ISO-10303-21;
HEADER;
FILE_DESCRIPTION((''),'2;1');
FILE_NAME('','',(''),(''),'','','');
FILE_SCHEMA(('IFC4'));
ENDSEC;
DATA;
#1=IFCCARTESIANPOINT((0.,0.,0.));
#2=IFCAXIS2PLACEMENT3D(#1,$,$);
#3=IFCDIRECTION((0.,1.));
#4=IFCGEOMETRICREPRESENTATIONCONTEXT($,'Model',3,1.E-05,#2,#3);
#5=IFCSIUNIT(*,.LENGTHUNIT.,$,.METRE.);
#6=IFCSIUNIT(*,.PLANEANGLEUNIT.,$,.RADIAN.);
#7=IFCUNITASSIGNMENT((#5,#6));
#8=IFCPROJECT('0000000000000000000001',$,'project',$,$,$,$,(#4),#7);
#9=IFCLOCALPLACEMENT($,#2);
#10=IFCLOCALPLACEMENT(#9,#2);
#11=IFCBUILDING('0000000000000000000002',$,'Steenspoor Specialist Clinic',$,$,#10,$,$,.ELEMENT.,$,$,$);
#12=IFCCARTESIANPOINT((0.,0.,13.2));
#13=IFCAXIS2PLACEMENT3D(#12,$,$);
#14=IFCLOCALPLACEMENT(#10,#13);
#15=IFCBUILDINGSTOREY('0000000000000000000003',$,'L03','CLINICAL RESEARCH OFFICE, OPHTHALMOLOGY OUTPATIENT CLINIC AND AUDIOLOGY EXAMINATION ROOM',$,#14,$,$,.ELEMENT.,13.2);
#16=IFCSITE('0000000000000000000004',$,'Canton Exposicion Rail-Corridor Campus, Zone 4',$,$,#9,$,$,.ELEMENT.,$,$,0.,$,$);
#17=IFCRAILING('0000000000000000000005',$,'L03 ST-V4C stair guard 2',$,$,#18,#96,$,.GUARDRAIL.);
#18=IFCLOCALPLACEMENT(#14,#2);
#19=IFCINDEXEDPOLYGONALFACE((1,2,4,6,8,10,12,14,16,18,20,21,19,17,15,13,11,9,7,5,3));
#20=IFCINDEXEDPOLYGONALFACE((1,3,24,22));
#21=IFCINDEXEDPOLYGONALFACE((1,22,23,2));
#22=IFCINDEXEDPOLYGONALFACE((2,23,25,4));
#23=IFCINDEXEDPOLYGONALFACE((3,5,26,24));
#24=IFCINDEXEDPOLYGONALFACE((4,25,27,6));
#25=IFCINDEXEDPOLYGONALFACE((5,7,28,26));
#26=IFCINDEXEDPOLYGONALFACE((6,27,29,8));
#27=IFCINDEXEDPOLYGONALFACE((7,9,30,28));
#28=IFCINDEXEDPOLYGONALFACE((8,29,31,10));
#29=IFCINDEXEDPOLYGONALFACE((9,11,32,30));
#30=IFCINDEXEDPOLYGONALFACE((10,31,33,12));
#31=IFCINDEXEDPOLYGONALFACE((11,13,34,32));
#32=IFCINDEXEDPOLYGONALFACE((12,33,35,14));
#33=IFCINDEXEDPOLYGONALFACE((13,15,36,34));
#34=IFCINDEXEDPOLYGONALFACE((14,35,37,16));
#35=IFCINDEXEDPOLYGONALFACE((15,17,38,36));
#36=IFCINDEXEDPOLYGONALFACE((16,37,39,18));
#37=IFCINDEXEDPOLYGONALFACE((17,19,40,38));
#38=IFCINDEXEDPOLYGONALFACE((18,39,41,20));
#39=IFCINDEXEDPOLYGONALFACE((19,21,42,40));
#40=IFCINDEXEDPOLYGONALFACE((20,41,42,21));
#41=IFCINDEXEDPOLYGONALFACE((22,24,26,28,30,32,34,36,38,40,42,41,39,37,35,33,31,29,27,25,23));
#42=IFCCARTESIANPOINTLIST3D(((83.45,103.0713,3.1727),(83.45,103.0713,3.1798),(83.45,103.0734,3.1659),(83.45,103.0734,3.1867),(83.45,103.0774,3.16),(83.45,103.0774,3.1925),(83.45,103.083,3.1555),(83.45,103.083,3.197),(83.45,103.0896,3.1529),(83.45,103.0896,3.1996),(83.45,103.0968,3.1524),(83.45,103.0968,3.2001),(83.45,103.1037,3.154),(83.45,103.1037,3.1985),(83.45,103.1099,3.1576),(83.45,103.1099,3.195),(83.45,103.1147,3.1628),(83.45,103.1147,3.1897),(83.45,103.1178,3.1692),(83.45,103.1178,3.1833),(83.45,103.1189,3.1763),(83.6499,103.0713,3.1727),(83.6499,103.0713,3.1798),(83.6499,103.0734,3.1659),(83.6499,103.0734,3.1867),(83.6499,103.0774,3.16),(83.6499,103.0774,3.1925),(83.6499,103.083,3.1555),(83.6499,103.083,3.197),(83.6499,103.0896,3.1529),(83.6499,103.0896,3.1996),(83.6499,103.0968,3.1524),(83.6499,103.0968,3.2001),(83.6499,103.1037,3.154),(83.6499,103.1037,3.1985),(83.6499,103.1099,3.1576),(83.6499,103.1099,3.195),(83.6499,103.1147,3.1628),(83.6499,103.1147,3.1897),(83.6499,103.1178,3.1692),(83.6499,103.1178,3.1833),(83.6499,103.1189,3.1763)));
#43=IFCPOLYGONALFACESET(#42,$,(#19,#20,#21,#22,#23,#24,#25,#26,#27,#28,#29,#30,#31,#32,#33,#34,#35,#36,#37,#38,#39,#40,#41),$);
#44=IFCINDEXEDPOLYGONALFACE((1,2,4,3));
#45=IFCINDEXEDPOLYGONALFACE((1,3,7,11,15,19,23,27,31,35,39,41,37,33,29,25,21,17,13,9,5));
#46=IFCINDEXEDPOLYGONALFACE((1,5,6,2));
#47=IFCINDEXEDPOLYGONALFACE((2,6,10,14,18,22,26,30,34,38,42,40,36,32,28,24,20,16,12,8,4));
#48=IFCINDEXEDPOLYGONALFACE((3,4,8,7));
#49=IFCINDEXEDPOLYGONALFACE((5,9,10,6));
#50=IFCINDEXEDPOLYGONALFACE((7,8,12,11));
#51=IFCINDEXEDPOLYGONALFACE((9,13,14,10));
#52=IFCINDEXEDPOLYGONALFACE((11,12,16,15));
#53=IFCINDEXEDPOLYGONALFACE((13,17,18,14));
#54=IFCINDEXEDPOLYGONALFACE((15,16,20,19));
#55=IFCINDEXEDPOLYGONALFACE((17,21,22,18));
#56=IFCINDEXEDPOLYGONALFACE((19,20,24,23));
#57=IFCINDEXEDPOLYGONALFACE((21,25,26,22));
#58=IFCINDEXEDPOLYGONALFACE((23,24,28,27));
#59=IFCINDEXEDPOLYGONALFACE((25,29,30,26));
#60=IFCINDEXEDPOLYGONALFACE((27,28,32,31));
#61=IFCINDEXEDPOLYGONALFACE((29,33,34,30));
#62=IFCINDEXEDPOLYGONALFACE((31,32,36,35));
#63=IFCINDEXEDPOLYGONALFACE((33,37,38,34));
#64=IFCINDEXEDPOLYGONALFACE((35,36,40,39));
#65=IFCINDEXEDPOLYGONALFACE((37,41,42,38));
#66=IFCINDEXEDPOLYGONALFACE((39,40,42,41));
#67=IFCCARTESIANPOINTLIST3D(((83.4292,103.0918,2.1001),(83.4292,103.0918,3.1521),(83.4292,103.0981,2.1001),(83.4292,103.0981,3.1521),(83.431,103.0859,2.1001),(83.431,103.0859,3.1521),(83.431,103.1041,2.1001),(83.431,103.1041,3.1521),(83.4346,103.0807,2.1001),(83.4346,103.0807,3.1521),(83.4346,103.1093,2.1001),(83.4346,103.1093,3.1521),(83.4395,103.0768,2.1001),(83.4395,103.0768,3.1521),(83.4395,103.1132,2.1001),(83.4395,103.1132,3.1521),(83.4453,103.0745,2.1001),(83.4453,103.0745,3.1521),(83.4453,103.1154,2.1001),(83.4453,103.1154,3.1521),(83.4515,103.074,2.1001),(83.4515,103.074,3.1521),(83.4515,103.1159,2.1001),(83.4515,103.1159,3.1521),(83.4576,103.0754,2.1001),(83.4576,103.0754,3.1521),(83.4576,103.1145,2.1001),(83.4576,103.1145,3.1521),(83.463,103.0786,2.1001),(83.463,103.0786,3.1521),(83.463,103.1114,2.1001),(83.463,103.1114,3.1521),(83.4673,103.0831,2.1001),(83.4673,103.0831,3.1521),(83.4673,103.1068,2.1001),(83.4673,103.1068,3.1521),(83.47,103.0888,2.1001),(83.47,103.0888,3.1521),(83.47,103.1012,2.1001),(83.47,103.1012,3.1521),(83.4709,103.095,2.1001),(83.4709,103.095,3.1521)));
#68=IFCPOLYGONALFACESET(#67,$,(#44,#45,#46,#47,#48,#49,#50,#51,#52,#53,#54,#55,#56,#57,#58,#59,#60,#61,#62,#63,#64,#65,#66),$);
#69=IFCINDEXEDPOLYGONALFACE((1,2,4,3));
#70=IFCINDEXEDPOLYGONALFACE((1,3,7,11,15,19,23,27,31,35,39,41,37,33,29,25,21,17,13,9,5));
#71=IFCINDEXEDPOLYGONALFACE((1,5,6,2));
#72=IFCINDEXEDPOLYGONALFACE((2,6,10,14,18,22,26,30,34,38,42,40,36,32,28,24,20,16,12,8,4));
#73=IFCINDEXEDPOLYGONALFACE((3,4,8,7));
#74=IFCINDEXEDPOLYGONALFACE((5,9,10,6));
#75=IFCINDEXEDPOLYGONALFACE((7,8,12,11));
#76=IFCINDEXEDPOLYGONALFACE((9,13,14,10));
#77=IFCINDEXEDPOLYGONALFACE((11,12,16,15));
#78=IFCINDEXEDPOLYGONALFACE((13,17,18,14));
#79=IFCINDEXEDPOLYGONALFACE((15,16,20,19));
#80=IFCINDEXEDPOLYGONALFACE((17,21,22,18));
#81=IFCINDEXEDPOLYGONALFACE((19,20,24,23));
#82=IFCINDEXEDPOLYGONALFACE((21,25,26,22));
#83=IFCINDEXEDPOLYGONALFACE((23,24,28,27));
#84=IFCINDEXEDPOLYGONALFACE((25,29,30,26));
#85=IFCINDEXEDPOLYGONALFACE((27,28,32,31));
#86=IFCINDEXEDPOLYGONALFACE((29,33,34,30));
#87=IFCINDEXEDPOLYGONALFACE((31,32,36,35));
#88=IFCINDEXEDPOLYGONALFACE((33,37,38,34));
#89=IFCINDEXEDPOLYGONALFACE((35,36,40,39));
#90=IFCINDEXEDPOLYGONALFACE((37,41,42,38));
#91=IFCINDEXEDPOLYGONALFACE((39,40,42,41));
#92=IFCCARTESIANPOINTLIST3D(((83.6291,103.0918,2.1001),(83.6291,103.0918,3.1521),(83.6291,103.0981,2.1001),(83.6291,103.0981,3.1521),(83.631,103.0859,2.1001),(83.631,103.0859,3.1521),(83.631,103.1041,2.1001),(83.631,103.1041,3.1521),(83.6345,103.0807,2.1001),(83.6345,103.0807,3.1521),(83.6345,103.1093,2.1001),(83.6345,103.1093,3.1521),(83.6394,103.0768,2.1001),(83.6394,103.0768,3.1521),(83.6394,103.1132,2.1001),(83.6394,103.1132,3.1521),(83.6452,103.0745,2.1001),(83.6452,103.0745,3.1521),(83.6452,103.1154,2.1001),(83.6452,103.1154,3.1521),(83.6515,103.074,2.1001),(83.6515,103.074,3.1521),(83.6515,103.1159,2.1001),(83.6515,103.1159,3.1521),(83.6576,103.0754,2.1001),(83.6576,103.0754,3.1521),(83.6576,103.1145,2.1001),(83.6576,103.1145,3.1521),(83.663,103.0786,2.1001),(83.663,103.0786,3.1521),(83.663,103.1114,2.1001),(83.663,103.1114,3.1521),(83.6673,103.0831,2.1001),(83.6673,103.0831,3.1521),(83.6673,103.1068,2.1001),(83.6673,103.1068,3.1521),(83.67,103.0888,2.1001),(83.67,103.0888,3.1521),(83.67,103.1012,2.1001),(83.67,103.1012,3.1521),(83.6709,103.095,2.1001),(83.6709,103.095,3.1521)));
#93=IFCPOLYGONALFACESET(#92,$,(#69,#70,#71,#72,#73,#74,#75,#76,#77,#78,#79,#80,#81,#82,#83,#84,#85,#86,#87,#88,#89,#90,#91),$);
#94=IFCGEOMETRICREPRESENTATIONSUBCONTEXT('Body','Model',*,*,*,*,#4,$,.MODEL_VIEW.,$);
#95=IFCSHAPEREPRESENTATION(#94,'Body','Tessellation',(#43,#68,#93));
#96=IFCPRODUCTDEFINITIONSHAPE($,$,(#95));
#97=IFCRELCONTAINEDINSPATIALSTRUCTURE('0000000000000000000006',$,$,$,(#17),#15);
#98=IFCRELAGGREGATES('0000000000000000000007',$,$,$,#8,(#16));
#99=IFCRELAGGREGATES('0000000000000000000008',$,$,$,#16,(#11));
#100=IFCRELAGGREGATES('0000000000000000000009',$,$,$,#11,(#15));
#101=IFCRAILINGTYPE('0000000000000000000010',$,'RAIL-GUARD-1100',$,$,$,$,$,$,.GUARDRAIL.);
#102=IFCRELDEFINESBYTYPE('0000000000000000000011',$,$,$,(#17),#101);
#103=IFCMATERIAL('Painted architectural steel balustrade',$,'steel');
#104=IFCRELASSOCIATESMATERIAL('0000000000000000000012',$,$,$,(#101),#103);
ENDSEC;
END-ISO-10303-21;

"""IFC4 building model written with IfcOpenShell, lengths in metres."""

from ifc_helpers import new_model, si_unit, direction, frame, origin, origin_2d, place, context, subcontext, project, spatial, circle, extrude, material, type_object, element, save


model = new_model("IFC4")

# Units and contexts
model_context = context("Model", 3, precision=1e-05, world=origin(), true_north=direction((0.0, 1.0)))
body_context = subcontext(model_context, "Body", "Model", "MODEL_VIEW")
ifc_project = project(units=[si_unit("LENGTHUNIT", "METRE"), si_unit("PLANEANGLEUNIT", "RADIAN")], contexts=[model_context])

# Site, building, storey
site_placement = place(None, origin())
site = spatial("IfcSite", under=ifc_project, at=site_placement, Name="Canton Exposicion Rail-Corridor Campus, Zone 4", CompositionType="ELEMENT", RefElevation=0.0)
building_placement = place(site_placement, origin())
building = spatial("IfcBuilding", under=site, at=building_placement, Name="Steenspoor Specialist Clinic", CompositionType="ELEMENT")
storey_placement = place(building_placement, frame((0.0, 0.0, 13.2)))
storey = spatial("IfcBuildingStorey", under=building, at=storey_placement, Name="L03", Description="CLINICAL RESEARCH OFFICE, OPHTHALMOLOGY OUTPATIENT CLINIC AND AUDIOLOGY EXAMINATION ROOM", CompositionType="ELEMENT", Elevation=13.2)

# Railing
ifc_material_1 = material(Name="Painted architectural steel balustrade", Category="steel")
railing_type_1 = type_object("IfcRailingType", Name="RAIL-GUARD-1100", PredefinedType="GUARDRAIL", material=ifc_material_1)
railing_1_placement = place(storey_placement, frame((83.45, 103.095, 2.1001)))
element("IfcRailing", 1, at=railing_1_placement, inside=storey, type_object=railing_type_1, Name="L03 ST-V4C stair guard 2", PredefinedType="GUARDRAIL", context=body_context, shape_type="SweptSolid", body=[
    extrude(circle(Radius=0.0239, at=origin_2d()), frame((0.0, 0.0, 1.0762), z_axis=(1.0, 0.0, 0.0), x_axis=(0.0, 1.0, 0.0)), (0.0, 0.0, 1.0), 0.2),
    extrude(circle(Radius=0.021, at=origin_2d()), origin(), (0.0, 0.0, 1.0), 1.052),
    extrude(circle(Radius=0.021, at=origin_2d()), frame((0.2, 0.0, 0.0)), (0.0, 0.0, 1.0), 1.052),
])

save(model, "model.ifc")
